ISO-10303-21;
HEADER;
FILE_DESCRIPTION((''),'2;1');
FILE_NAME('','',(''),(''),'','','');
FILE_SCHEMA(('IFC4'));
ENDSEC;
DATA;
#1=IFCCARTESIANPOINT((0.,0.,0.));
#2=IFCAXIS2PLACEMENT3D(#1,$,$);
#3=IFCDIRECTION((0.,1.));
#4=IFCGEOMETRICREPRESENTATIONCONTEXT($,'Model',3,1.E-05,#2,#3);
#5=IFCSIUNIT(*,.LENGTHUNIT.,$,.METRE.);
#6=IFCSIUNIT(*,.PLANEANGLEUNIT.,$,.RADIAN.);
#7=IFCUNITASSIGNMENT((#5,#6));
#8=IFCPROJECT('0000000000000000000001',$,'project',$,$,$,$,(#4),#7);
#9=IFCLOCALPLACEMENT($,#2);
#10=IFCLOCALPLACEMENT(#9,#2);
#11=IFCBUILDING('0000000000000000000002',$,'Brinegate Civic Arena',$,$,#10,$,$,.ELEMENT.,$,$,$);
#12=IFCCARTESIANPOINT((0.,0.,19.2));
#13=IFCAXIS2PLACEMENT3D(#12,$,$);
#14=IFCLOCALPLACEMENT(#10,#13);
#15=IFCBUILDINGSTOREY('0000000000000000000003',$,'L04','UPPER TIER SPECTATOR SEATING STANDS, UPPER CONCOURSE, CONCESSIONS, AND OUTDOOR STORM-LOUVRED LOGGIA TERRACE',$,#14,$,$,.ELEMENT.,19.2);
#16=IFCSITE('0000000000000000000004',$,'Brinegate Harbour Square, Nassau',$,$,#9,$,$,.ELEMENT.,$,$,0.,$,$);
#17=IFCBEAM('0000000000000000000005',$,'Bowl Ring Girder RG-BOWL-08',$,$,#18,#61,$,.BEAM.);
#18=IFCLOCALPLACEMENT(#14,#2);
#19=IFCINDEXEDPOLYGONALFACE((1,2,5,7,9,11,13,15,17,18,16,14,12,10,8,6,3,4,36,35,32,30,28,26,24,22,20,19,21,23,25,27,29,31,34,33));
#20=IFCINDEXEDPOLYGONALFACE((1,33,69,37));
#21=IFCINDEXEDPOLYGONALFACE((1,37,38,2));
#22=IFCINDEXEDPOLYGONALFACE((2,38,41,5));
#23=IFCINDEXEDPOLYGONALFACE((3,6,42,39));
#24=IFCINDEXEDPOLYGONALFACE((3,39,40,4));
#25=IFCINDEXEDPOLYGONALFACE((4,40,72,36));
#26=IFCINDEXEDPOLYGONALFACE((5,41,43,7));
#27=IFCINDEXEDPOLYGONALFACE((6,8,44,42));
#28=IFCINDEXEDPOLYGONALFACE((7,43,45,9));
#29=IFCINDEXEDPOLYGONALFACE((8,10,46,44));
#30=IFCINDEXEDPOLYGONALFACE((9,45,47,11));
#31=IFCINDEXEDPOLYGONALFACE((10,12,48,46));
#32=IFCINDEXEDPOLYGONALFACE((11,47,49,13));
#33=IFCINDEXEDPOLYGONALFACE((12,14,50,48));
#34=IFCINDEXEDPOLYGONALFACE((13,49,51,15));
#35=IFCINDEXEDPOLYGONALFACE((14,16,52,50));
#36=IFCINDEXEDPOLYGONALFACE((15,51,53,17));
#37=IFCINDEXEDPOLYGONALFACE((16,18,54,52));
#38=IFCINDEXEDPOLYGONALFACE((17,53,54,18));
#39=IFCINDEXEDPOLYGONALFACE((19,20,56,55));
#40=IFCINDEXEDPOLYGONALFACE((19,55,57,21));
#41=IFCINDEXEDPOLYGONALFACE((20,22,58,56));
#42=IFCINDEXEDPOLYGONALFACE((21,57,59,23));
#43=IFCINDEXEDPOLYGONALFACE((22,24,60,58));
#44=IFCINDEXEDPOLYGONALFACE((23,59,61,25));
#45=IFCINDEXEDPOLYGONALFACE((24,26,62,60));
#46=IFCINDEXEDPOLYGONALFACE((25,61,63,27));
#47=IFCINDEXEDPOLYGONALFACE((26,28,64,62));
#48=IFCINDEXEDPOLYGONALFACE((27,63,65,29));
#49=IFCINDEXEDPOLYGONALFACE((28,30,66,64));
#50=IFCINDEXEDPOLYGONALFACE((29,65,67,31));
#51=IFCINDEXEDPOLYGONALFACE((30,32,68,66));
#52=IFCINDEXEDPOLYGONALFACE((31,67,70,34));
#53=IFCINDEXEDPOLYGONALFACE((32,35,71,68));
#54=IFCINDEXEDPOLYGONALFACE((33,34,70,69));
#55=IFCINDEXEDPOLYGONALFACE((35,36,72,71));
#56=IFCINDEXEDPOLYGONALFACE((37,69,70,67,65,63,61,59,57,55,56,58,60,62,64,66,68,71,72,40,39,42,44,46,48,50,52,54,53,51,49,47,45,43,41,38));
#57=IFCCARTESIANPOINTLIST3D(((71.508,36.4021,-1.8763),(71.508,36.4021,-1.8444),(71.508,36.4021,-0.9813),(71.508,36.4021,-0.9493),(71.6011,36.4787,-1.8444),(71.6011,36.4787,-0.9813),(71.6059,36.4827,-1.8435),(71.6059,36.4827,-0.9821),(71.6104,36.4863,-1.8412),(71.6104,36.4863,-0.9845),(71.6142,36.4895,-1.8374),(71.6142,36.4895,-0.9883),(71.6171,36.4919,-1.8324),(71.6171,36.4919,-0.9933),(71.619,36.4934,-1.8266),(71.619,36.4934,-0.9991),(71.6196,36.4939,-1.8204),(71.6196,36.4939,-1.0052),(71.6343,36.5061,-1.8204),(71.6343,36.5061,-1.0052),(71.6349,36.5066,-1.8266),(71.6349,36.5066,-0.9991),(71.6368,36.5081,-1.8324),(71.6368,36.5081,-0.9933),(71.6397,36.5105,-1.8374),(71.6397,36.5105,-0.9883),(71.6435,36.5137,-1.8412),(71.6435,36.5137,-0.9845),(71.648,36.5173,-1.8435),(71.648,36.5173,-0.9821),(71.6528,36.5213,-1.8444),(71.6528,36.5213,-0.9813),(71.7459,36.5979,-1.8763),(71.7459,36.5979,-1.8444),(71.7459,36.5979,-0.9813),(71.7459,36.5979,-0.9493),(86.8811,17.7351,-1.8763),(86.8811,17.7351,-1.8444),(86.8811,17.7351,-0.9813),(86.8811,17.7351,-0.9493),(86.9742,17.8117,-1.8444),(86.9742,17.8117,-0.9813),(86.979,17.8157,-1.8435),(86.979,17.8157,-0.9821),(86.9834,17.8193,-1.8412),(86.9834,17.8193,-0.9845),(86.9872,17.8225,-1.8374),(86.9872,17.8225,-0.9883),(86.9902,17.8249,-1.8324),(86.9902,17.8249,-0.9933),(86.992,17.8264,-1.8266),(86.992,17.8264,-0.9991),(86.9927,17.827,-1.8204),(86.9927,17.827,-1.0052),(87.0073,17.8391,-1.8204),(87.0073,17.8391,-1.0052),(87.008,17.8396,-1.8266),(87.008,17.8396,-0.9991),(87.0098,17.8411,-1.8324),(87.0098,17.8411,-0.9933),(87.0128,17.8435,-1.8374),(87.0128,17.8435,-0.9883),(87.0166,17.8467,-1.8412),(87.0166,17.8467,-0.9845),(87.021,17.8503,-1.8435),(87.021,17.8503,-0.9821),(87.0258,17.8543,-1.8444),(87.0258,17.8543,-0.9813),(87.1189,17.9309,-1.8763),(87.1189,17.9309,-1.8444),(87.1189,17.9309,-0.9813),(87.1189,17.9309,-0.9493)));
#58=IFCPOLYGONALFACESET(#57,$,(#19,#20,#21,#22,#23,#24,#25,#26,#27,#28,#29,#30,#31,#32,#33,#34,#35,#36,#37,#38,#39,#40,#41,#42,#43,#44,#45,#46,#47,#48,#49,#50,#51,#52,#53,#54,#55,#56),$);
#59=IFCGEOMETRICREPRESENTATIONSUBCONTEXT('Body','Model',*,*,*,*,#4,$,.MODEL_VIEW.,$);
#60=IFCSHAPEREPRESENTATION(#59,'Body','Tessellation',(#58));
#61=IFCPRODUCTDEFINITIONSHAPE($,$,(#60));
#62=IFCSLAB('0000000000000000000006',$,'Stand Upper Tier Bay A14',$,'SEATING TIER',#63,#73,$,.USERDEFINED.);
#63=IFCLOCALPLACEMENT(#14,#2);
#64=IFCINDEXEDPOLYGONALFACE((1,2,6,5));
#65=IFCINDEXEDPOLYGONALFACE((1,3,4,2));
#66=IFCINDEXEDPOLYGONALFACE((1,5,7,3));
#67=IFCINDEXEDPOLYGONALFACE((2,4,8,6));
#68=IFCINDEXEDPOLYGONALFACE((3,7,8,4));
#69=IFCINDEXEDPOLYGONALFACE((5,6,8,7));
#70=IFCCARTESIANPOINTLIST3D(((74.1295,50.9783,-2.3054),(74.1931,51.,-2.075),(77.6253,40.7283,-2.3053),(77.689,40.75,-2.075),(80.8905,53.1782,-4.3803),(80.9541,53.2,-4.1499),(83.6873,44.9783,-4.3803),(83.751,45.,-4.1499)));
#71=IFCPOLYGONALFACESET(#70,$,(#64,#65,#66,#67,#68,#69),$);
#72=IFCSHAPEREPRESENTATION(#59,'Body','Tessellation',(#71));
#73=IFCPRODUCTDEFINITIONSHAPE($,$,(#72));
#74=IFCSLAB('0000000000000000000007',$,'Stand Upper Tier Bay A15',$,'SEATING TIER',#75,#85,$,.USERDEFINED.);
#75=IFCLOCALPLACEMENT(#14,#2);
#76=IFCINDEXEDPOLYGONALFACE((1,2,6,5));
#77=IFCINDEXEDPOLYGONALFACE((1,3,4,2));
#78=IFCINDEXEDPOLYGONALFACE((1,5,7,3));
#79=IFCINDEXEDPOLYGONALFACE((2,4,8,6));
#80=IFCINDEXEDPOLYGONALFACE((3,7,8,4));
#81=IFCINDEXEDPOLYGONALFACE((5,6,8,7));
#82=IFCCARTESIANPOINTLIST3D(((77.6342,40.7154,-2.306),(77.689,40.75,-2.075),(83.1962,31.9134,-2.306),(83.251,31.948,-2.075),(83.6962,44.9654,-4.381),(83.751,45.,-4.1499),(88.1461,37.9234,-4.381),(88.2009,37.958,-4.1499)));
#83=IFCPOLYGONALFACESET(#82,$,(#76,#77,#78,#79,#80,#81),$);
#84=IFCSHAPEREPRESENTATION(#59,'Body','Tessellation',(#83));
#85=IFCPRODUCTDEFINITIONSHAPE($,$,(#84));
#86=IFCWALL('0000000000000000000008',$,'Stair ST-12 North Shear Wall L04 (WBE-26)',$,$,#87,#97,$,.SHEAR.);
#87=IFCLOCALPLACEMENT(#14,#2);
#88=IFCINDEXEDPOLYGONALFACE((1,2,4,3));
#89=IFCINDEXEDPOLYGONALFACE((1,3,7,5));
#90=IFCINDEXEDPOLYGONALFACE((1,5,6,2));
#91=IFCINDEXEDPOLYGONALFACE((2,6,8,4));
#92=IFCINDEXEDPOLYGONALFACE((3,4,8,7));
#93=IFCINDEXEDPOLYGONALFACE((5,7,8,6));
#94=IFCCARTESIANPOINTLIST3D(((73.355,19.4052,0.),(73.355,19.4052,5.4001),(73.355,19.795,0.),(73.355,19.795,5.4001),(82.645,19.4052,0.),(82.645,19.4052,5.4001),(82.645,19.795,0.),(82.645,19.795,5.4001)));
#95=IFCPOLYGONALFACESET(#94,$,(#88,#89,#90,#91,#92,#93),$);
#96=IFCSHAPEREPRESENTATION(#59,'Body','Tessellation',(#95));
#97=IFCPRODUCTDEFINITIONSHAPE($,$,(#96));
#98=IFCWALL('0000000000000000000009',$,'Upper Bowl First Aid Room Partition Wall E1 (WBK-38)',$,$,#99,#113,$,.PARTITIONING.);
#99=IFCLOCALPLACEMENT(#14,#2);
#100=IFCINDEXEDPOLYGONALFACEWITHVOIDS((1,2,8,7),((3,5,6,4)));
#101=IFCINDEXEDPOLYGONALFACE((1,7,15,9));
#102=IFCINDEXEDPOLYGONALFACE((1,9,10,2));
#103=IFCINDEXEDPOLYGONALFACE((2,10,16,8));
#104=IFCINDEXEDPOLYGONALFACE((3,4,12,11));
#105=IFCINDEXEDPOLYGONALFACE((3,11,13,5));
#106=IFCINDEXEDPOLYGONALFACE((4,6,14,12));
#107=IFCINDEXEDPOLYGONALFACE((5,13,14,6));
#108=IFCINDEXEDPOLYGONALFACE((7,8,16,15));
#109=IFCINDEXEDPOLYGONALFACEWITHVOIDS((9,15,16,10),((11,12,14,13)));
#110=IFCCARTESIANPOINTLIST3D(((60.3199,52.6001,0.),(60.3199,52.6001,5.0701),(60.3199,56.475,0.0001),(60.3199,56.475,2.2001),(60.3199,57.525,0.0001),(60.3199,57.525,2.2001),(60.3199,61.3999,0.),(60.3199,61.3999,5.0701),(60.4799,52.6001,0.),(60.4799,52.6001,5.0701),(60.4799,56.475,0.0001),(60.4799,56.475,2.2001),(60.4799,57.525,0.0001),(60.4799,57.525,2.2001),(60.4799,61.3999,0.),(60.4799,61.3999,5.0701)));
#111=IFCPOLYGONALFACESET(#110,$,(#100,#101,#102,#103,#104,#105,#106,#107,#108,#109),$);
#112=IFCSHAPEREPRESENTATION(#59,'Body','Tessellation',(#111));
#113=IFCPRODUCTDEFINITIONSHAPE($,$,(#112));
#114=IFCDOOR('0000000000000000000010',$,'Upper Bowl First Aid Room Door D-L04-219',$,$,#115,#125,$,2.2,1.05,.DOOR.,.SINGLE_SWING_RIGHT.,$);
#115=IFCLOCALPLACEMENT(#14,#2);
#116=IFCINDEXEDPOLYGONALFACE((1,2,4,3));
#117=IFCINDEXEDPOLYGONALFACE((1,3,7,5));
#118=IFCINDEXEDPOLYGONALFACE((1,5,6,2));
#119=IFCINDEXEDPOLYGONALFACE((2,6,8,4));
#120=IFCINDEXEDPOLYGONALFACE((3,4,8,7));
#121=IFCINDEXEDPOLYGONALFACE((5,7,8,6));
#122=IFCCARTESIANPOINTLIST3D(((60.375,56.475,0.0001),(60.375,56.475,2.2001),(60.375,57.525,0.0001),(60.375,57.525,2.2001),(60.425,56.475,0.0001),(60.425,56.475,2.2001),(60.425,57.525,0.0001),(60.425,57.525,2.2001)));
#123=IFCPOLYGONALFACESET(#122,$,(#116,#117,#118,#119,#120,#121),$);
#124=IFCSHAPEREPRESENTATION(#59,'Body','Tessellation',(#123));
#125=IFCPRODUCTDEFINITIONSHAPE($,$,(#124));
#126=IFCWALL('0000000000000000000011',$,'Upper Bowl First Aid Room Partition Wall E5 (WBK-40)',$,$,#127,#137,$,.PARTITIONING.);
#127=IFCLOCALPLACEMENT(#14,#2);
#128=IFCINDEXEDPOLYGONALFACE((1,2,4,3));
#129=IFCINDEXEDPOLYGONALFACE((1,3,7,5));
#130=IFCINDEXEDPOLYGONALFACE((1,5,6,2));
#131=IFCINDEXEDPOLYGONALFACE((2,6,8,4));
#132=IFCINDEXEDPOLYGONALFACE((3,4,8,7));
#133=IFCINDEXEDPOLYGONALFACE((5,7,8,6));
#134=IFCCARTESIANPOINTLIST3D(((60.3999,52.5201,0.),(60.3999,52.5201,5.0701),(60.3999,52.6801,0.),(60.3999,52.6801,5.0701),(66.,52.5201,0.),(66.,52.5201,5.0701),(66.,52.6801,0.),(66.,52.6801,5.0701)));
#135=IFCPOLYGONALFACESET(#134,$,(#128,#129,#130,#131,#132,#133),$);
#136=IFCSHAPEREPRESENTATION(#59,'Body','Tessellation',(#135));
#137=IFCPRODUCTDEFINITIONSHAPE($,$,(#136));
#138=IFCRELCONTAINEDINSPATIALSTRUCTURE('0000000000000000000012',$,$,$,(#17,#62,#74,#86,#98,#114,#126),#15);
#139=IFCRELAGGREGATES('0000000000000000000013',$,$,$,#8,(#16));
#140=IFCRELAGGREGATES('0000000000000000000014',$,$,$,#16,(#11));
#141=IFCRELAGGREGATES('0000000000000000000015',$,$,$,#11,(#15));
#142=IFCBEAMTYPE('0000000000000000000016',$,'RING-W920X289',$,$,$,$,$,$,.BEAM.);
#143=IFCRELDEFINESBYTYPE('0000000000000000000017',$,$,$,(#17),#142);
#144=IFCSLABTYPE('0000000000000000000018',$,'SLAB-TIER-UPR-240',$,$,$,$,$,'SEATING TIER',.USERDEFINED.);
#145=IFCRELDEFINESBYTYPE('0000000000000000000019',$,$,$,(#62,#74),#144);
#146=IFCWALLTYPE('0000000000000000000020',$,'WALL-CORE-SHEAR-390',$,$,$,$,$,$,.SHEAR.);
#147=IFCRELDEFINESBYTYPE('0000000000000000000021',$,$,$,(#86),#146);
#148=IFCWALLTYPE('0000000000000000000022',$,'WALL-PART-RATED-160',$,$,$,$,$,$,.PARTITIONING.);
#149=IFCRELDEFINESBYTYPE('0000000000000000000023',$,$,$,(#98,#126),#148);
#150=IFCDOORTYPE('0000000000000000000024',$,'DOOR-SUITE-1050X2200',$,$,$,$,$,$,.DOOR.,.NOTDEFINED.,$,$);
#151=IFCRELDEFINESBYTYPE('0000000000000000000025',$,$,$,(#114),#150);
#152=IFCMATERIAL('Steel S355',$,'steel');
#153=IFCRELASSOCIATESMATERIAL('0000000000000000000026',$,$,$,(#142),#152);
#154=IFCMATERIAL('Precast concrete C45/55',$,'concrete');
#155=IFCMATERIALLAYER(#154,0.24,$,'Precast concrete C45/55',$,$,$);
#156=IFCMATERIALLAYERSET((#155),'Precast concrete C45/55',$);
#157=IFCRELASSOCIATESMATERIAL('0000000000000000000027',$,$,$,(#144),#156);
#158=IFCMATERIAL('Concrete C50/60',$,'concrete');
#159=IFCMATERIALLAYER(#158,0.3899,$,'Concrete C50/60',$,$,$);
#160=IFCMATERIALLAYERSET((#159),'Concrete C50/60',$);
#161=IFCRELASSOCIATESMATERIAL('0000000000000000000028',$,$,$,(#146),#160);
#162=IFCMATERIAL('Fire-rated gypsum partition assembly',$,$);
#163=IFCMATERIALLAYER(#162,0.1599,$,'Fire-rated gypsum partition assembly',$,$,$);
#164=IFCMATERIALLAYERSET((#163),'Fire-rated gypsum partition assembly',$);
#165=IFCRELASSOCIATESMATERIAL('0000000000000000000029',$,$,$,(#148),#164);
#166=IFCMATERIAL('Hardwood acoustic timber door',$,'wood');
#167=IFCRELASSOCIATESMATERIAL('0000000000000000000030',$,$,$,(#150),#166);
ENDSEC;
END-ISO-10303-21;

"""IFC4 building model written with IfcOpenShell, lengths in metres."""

from ifc_helpers import new_model, si_unit, direction, frame, frame_2d, origin, origin_2d, place, context, subcontext, project, spatial, polyline, rectangle, i_section, outline, extrude, material, layer, layer_set, material_profile, profile_set, type_object, element, fill, save


model = new_model("IFC4")

# Units and contexts
model_context = context("Model", 3, precision=1e-05, world=origin(), true_north=direction((0.0, 1.0)))
body_context = subcontext(model_context, "Body", "Model", "MODEL_VIEW")
ifc_project = project(units=[si_unit("LENGTHUNIT", "METRE"), si_unit("PLANEANGLEUNIT", "RADIAN")], contexts=[model_context])

# Site, building, storey
site_placement = place(None, origin())
site = spatial("IfcSite", under=ifc_project, at=site_placement, Name="Brinegate Harbour Square, Nassau", CompositionType="ELEMENT", RefElevation=0.0)
building_placement = place(site_placement, origin())
building = spatial("IfcBuilding", under=site, at=building_placement, Name="Brinegate Civic Arena", CompositionType="ELEMENT")
storey_placement = place(building_placement, frame((0.0, 0.0, 19.2)))
storey = spatial("IfcBuildingStorey", under=building, at=storey_placement, Name="L04", Description="UPPER TIER SPECTATOR SEATING STANDS, UPPER CONCOURSE, CONCESSIONS, AND OUTDOOR STORM-LOUVRED LOGGIA TERRACE", CompositionType="ELEMENT", Elevation=19.2)

# Shared definitions
ifc_material_1 = material(Name="Concrete C50/60", Category="concrete")

# Beam
ifc_material_2 = material(Name="Steel S355", Category="steel")
ifc_material_profile_1 = material_profile(ifc_material_2, i_section(OverallWidth=0.3081, OverallDepth=0.927, WebThickness=0.019, FlangeThickness=0.032, FilletRadius=0.0239, at=origin_2d()), Name="W920X289")
ifc_profile_set_1 = profile_set([ifc_material_profile_1], Name="Steel S355")
beam_type_1 = type_object("IfcBeamType", Name="RING-W920X289", PredefinedType="BEAM", material=ifc_profile_set_1)
beam_1_placement = place(storey_placement, frame((71.627, 36.5, -1.4128), z_axis=(0.635713, -0.771926, 0.0), x_axis=(0.771926, 0.635713, 0.0)))
element("IfcBeam", 1, at=beam_1_placement, inside=storey, type_object=beam_type_1, Name="Bowl Ring Girder RG-BOWL-08", PredefinedType="BEAM", context=body_context, shape_type="SweptSolid", body=[
    extrude(i_section(OverallWidth=0.3081, OverallDepth=0.927, WebThickness=0.019, FlangeThickness=0.032, FilletRadius=0.0239, at=origin_2d()), origin(), (0.0, 0.0, 1.0), 24.1824),
])

# Slabs
ifc_material_3 = material(Name="Precast concrete C45/55", Category="concrete")
ifc_layer_1 = layer(ifc_material_3, 0.24, Name="Precast concrete C45/55")
ifc_layer_set_1 = layer_set([ifc_layer_1], Name="Precast concrete C45/55")
slab_type = type_object("IfcSlabType", Name="SLAB-TIER-UPR-240", ElementType="SEATING TIER", PredefinedType="USERDEFINED", material=ifc_layer_set_1)
slab_1_placement = place(storey_placement, frame((80.9541, 53.2, -4.1499), z_axis=(0.265175, 0.090443, 0.959949), x_axis=(0.322822, -0.94646, -0.000003)))
element("IfcSlab", 2, at=slab_1_placement, inside=storey, type_object=slab_type, Name="Stand Upper Tier Bay A14", ObjectType="SEATING TIER", PredefinedType="USERDEFINED", context=body_context, shape_type="SweptSolid", body=[
    extrude(outline(polyline([(0.0, 0.0), (8.6638, 0.0), (10.7293, -7.4061), (-0.1004, -7.4058), (0.0, 0.0)])), origin(), (0.0, 0.0, -1.0), 0.24),
])
slab_2_placement = place(storey_placement, frame((83.751, 45.0, -4.1499), z_axis=(0.22838, 0.144316, 0.962816), x_axis=(0.534197, -0.84536, -0.000001)))
element("IfcSlab", 3, at=slab_2_placement, inside=storey, type_object=slab_type, Name="Stand Upper Tier Bay A15", ObjectType="SEATING TIER", PredefinedType="USERDEFINED", context=body_context, shape_type="SweptSolid", body=[
    extrude(outline(polyline([(0.0, 0.0), (8.3302, 0.0), (10.7665, -7.6806), (0.3545, -7.6805), (0.0, 0.0)])), origin(), (0.0, 0.0, -1.0), 0.24),
])

# Wall
ifc_layer_2 = layer(ifc_material_1, 0.3899, Name="Concrete C50/60")
ifc_layer_set_2 = layer_set([ifc_layer_2], Name="Concrete C50/60")
wall_type_1 = type_object("IfcWallType", Name="WALL-CORE-SHEAR-390", PredefinedType="SHEAR", material=ifc_layer_set_2)
wall_1_placement = place(storey_placement, frame((73.355, 19.6001, 0.0), z_axis=(0.0, 0.0, 1.0), x_axis=(1.0, 0.0, 0.0)))
element("IfcWall", 4, at=wall_1_placement, inside=storey, type_object=wall_type_1, Name="Stair ST-12 North Shear Wall L04 (WBE-26)", PredefinedType="SHEAR", context=body_context, shape_type="SweptSolid", body=[
    extrude(rectangle(XDim=9.29, YDim=0.3899, at=frame_2d((4.645, 0.0))), origin(), (0.0, 0.0, 1.0), 5.4001),
])

# Wall, opening, door
ifc_material_4 = material(Name="Fire-rated gypsum partition assembly")
ifc_layer_3 = layer(ifc_material_4, 0.1599, Name="Fire-rated gypsum partition assembly")
ifc_layer_set_3 = layer_set([ifc_layer_3], Name="Fire-rated gypsum partition assembly")
wall_type_2 = type_object("IfcWallType", Name="WALL-PART-RATED-160", PredefinedType="PARTITIONING", material=ifc_layer_set_3)
wall_2_placement = place(storey_placement, frame((60.3999, 52.6001, 0.0), z_axis=(0.0, 0.0, 1.0), x_axis=(0.0, 1.0, 0.0)))
wall_2 = element("IfcWall", 5, at=wall_2_placement, inside=storey, type_object=wall_type_2, Name="Upper Bowl First Aid Room Partition Wall E1 (WBK-38)", PredefinedType="PARTITIONING", context=body_context, shape_type="SweptSolid", body=[
    extrude(rectangle(XDim=8.7998, YDim=0.1599, at=frame_2d((4.3999, 0.0))), origin(), (0.0, 0.0, 1.0), 5.0701),
])
opening_placement = place(wall_2_placement, frame((3.875, 0.0, 0.0)))
opening = element("IfcOpeningElement", 6, at=opening_placement, cuts=wall_2, PredefinedType="OPENING", context=body_context, shape_type="SweptSolid", body=[
    extrude(rectangle(XDim=1.05, YDim=2.2, at=frame_2d((0.5249, 1.1001))), frame((0.0, 0.0898, 0.0), z_axis=(0.0, -1.0, 0.0), x_axis=(1.0, 0.0, 0.0)), (0.0, 0.0, 1.0), 0.1799),
])
ifc_material_5 = material(Name="Hardwood acoustic timber door", Category="wood")
door_type = type_object("IfcDoorType", Name="DOOR-SUITE-1050X2200", OperationType="NOTDEFINED", PredefinedType="DOOR", material=ifc_material_5)
door_placement = place(opening_placement, origin())
door = element("IfcDoor", 7, at=door_placement, inside=storey, type_object=door_type, Name="Upper Bowl First Aid Room Door D-L04-219", OperationType="SINGLE_SWING_RIGHT", OverallHeight=2.2, OverallWidth=1.05, PredefinedType="DOOR", context=body_context, shape_type="SweptSolid", body=[
    extrude(rectangle(XDim=1.05, YDim=2.2, at=frame_2d((0.5249, 1.1001))), frame((0.0, 0.0249, 0.0), z_axis=(0.0, -1.0, 0.0), x_axis=(1.0, 0.0, 0.0)), (0.0, 0.0, 1.0), 0.05),
])
fill(opening, door)

# Wall
wall_3_placement = place(storey_placement, frame((66.0, 52.6001, 0.0), z_axis=(0.0, 0.0, 1.0), x_axis=(-1.0, 0.0, 0.0)))
element("IfcWall", 8, at=wall_3_placement, inside=storey, type_object=wall_type_2, Name="Upper Bowl First Aid Room Partition Wall E5 (WBK-40)", PredefinedType="PARTITIONING", context=body_context, shape_type="SweptSolid", body=[
    extrude(rectangle(XDim=5.6001, YDim=0.1599, at=frame_2d((2.8, 0.0))), origin(), (0.0, 0.0, 1.0), 5.0701),
])

save(model, "model.ifc")
